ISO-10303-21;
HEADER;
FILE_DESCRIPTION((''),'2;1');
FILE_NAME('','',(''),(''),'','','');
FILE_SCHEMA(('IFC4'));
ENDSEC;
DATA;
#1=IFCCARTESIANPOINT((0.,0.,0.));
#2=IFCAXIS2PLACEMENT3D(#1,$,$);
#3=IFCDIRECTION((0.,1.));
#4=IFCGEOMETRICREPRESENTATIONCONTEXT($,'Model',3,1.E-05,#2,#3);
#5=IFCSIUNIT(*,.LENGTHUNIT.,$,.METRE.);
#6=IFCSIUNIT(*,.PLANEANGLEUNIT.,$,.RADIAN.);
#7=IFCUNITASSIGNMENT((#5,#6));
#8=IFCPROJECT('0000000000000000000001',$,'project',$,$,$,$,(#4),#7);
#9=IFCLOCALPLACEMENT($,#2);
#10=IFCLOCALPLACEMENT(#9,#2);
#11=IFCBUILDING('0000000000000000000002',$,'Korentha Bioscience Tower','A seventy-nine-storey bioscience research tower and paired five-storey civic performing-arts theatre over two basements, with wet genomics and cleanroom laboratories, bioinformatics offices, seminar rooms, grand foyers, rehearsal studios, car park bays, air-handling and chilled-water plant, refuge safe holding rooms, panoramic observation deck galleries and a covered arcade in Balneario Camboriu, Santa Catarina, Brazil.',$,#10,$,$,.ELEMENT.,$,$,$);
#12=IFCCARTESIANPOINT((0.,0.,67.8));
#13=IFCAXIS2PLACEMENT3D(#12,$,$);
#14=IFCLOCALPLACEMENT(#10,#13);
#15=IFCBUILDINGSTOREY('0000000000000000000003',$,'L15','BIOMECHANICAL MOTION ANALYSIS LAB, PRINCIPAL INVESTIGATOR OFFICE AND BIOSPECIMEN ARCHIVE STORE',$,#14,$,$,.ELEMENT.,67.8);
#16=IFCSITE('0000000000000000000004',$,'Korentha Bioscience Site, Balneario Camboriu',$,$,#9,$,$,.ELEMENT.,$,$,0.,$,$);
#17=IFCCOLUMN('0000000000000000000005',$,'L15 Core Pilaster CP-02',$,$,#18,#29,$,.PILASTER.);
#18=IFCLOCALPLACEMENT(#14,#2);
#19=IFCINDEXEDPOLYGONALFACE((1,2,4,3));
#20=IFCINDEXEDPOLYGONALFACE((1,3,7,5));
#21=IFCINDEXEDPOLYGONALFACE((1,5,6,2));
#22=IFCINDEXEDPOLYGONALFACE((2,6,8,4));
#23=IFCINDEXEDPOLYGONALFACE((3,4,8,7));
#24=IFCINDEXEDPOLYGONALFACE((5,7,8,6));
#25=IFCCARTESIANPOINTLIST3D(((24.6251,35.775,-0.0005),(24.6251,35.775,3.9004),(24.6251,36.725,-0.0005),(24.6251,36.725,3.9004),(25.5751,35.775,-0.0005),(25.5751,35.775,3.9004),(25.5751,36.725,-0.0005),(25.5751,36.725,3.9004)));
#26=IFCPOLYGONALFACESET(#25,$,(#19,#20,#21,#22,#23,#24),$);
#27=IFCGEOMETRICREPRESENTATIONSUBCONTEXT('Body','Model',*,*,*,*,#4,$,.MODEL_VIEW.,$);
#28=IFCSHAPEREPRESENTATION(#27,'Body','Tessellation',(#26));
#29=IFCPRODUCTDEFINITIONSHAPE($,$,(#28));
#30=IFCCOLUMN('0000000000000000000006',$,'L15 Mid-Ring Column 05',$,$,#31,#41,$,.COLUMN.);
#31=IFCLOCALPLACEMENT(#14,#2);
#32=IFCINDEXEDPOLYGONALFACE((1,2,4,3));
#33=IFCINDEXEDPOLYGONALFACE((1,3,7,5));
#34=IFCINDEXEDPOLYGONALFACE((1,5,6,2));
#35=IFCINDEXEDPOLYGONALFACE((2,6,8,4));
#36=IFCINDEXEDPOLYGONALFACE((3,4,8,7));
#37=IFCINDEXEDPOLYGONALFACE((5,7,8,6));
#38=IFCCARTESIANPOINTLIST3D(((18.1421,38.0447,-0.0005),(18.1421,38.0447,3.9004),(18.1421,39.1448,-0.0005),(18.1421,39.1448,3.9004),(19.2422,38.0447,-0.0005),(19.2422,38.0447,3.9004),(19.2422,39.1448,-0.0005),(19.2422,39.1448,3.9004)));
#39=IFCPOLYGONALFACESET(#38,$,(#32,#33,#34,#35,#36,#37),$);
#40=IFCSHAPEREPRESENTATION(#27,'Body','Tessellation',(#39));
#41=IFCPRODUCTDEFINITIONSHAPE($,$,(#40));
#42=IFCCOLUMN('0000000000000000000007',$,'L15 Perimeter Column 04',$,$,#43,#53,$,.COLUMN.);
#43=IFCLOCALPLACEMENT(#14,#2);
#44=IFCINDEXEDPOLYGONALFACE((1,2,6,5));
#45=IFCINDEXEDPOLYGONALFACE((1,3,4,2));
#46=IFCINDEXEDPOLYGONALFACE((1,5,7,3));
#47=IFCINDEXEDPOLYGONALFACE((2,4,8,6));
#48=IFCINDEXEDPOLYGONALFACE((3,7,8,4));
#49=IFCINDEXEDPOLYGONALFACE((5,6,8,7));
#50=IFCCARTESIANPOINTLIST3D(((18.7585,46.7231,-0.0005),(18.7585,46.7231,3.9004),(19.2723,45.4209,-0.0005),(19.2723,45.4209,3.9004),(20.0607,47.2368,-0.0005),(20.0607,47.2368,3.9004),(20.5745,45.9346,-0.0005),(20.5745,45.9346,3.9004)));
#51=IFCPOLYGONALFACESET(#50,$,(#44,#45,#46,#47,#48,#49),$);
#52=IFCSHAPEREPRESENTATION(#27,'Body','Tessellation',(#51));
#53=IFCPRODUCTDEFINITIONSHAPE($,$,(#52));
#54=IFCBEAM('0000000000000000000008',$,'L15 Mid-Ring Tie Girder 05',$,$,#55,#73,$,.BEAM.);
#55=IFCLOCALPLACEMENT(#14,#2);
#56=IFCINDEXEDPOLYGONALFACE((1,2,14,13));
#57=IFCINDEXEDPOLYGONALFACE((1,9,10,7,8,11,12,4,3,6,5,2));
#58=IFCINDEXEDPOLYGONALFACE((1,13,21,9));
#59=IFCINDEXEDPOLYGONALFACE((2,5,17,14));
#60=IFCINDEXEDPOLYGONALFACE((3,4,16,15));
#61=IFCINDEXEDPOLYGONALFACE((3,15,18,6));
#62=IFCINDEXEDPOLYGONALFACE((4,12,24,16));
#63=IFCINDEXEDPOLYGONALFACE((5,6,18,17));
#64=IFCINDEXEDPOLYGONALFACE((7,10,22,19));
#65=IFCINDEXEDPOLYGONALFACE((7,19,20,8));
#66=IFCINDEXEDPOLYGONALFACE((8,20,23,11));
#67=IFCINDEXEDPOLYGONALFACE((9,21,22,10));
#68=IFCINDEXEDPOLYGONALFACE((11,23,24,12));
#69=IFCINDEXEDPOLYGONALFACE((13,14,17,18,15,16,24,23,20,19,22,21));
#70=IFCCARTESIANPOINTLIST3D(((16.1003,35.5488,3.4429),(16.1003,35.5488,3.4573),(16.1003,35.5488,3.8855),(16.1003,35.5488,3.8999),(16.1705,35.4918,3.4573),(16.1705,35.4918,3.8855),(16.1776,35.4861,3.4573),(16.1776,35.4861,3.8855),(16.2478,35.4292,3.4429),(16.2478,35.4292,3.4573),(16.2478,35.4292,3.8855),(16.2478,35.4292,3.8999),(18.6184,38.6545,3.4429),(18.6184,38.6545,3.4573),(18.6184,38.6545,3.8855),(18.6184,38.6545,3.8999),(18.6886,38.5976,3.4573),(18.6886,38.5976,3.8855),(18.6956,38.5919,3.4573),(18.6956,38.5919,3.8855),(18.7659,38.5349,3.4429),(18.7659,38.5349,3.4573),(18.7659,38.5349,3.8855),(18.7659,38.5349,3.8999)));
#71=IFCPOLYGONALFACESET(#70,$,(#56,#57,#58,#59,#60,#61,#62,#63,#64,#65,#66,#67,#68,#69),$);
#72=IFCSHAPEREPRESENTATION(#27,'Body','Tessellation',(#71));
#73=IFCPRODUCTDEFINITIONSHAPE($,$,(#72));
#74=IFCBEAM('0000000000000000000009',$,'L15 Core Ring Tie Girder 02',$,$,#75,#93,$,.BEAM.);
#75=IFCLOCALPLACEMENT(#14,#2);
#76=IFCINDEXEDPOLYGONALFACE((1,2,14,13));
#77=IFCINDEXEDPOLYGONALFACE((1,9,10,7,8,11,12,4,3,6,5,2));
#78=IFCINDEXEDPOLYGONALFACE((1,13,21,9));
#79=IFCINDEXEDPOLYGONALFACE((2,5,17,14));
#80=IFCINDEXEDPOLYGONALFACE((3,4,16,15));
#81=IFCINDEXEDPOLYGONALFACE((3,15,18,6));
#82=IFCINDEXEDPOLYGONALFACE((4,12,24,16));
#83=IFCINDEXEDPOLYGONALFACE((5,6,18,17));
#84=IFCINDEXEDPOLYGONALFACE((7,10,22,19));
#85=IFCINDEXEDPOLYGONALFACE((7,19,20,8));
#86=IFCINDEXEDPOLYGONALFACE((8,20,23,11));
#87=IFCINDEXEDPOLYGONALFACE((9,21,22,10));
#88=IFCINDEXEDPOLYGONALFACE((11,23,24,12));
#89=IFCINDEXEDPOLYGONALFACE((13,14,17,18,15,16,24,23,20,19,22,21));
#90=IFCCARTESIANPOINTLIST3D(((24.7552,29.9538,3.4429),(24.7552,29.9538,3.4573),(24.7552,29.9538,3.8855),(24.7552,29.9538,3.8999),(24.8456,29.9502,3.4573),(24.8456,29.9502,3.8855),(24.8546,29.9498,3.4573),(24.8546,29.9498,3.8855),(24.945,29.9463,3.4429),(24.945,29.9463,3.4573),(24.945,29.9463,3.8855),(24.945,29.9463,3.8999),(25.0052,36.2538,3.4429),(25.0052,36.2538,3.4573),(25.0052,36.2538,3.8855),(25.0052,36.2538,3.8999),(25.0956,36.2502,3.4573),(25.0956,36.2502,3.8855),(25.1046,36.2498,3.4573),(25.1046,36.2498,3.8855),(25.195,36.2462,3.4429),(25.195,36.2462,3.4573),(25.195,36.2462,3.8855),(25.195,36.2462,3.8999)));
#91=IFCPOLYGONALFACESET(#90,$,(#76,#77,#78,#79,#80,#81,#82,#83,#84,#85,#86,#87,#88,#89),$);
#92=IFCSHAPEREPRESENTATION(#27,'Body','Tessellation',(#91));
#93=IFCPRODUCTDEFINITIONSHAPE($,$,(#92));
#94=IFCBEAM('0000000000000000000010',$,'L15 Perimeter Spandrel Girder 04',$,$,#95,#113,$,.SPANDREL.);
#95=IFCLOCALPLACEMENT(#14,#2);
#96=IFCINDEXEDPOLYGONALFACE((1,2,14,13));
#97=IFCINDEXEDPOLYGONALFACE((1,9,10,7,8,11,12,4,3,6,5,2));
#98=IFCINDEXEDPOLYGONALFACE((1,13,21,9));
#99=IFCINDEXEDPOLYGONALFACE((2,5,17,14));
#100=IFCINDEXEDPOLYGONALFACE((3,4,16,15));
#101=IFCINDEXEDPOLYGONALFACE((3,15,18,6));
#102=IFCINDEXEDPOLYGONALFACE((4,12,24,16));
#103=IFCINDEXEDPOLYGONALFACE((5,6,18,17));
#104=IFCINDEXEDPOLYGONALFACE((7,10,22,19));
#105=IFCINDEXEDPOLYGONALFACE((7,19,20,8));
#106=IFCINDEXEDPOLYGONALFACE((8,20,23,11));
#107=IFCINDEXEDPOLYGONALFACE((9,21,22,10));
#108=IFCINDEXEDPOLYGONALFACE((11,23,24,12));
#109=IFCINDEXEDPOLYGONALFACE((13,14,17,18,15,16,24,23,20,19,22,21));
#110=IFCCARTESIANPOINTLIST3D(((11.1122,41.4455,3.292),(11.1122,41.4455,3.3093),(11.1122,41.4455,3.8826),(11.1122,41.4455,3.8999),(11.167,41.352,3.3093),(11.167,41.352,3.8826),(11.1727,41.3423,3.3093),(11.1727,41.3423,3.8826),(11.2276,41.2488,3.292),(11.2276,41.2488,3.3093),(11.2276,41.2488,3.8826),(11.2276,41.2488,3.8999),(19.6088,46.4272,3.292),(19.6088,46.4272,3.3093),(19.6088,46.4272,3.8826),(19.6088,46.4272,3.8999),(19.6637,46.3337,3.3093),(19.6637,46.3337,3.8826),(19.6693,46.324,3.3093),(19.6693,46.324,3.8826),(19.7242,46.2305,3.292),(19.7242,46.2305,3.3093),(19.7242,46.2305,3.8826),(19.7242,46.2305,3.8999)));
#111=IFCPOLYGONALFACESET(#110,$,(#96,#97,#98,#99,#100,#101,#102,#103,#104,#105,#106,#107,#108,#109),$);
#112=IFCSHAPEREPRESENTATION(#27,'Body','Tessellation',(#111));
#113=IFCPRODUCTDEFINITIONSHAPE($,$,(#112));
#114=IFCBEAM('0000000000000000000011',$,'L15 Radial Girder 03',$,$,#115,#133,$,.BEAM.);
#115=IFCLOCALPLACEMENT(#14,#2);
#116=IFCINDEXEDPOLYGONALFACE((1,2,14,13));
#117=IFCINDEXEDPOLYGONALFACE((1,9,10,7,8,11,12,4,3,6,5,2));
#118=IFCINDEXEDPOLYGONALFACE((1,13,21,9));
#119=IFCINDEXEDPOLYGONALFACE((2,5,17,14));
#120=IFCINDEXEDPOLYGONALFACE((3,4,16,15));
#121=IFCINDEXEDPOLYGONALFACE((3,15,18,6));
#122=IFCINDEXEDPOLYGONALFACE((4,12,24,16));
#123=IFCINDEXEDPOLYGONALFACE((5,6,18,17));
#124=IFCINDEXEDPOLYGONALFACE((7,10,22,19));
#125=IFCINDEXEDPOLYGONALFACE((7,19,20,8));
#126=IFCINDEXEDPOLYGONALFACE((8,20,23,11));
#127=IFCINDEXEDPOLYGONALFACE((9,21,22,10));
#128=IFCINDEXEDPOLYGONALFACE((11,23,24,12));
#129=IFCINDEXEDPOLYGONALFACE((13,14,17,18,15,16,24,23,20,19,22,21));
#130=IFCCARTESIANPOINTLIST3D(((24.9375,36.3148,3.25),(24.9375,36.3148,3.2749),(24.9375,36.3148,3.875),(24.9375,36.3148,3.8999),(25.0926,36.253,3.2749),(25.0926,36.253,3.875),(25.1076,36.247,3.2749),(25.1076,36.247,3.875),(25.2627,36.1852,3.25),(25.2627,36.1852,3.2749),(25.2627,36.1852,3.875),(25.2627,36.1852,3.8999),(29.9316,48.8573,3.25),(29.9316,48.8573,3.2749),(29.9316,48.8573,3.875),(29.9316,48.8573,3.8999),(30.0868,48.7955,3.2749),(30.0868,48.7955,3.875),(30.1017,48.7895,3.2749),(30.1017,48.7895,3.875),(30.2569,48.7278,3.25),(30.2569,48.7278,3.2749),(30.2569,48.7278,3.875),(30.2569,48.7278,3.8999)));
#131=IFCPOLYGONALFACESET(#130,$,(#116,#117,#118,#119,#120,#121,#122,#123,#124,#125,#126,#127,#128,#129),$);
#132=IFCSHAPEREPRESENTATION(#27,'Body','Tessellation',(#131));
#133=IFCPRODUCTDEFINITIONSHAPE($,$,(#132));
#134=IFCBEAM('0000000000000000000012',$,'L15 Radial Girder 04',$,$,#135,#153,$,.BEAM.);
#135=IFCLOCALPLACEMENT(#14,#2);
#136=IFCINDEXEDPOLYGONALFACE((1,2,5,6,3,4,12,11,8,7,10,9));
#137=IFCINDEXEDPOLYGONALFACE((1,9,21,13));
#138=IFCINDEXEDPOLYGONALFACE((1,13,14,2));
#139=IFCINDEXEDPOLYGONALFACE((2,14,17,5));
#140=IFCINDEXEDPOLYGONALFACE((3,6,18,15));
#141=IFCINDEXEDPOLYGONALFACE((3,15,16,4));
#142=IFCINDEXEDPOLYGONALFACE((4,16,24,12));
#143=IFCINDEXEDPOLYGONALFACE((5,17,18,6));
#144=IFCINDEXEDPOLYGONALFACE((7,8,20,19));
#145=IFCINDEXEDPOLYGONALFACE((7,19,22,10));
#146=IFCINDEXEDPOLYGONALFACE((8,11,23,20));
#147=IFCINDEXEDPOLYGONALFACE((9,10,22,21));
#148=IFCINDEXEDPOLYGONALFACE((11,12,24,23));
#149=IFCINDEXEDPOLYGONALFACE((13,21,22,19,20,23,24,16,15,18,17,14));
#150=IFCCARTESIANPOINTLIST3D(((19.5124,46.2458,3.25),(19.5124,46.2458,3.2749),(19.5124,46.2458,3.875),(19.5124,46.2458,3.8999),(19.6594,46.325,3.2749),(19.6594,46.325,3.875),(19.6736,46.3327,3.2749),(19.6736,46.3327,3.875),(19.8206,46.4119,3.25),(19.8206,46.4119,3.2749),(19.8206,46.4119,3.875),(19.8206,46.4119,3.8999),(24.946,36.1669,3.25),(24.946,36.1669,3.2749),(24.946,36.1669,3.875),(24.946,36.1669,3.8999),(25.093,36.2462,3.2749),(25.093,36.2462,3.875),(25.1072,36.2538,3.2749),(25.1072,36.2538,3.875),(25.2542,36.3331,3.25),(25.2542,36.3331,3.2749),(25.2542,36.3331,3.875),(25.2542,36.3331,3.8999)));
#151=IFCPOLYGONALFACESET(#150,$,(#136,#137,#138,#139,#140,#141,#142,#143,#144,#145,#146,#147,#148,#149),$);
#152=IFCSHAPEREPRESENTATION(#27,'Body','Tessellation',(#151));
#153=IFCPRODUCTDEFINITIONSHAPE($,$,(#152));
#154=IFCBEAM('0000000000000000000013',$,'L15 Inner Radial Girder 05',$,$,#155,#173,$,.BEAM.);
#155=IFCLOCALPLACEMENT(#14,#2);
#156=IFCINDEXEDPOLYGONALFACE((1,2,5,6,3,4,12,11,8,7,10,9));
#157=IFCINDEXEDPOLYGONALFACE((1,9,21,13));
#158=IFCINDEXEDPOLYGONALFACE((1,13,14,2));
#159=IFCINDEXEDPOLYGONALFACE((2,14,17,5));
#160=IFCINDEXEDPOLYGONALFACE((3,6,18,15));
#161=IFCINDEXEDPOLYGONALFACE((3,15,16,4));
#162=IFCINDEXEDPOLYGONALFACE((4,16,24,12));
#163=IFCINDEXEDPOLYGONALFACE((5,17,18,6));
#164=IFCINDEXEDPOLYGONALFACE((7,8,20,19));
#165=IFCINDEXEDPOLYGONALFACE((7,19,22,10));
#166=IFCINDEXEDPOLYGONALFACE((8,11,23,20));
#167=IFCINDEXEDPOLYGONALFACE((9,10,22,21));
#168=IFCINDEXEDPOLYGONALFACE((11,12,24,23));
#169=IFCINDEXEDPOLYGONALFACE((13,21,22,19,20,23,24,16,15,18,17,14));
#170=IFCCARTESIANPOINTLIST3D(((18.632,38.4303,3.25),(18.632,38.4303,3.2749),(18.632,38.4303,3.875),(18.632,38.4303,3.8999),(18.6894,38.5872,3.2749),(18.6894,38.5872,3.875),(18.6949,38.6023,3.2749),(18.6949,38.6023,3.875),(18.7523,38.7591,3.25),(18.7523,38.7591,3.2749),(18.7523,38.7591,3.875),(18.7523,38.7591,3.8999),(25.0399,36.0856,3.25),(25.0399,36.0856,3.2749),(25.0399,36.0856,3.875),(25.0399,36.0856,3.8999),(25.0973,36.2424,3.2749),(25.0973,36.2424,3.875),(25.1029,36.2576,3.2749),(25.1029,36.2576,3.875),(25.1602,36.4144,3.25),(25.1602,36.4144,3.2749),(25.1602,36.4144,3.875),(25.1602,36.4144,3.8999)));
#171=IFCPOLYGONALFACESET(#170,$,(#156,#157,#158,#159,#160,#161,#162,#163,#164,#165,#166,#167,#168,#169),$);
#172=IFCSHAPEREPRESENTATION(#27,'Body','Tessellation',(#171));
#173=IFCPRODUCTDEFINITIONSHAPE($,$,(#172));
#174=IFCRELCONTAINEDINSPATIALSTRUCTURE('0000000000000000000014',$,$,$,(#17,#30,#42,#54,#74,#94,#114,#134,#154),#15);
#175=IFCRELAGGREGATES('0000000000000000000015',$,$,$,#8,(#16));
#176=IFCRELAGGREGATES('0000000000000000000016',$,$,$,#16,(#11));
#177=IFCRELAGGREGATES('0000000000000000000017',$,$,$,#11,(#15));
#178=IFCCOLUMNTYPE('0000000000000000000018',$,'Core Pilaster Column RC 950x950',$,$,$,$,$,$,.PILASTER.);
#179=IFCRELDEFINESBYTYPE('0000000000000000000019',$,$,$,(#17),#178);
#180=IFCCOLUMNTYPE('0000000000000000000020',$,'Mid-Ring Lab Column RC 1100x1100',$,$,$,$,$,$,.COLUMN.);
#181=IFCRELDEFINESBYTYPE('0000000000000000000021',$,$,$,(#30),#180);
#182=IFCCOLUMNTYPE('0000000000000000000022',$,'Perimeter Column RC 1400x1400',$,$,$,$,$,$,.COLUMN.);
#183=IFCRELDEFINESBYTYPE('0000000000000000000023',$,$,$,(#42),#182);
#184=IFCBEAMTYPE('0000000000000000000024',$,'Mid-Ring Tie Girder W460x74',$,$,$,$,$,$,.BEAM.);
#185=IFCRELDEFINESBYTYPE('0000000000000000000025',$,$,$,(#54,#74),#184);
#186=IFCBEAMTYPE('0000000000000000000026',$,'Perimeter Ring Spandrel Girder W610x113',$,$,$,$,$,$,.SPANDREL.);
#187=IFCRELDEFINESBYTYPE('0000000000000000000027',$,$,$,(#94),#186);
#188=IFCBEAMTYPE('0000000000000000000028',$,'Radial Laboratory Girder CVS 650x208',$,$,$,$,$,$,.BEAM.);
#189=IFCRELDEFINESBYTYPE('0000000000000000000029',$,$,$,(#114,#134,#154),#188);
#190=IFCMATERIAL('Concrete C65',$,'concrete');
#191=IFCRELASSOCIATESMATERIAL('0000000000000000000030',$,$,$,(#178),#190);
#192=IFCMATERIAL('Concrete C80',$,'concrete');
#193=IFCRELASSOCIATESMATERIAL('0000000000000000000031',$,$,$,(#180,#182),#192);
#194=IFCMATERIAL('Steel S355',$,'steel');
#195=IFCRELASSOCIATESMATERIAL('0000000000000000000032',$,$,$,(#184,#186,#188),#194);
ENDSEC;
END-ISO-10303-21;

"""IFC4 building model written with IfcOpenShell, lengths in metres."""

from ifc_helpers import new_model, si_unit, direction, frame, origin, origin_2d, place, context, subcontext, project, spatial, rectangle, i_section, extrude, material, material_profile, profile_set, type_object, element, save


model = new_model("IFC4")

# Units and contexts
model_context = context("Model", 3, precision=1e-05, world=origin(), true_north=direction((0.0, 1.0)))
body_context = subcontext(model_context, "Body", "Model", "MODEL_VIEW")
ifc_project = project(units=[si_unit("LENGTHUNIT", "METRE"), si_unit("PLANEANGLEUNIT", "RADIAN")], contexts=[model_context])

# Site, building, storey
site_placement = place(None, origin())
site = spatial("IfcSite", under=ifc_project, at=site_placement, Name="Korentha Bioscience Site, Balneario Camboriu", CompositionType="ELEMENT", RefElevation=0.0)
building_placement = place(site_placement, origin())
building = spatial("IfcBuilding", under=site, at=building_placement, Name="Korentha Bioscience Tower", Description="A seventy-nine-storey bioscience research tower and paired five-storey civic performing-arts theatre over two basements, with wet genomics and cleanroom laboratories, bioinformatics offices, seminar rooms, grand foyers, rehearsal studios, car park bays, air-handling and chilled-water plant, refuge safe holding rooms, panoramic observation deck galleries and a covered arcade in Balneario Camboriu, Santa Catarina, Brazil.", CompositionType="ELEMENT")
storey_placement = place(building_placement, frame((0.0, 0.0, 67.8)))
storey = spatial("IfcBuildingStorey", under=building, at=storey_placement, Name="L15", Description="BIOMECHANICAL MOTION ANALYSIS LAB, PRINCIPAL INVESTIGATOR OFFICE AND BIOSPECIMEN ARCHIVE STORE", CompositionType="ELEMENT", Elevation=67.8)

# Columns
ifc_material_1 = material(Name="Concrete C65", Category="concrete")
ifc_material_profile_1 = material_profile(ifc_material_1, rectangle(XDim=0.95, YDim=0.95, at=origin_2d()), Name="Concrete C65")
ifc_profile_set_1 = profile_set([ifc_material_profile_1], Name="Concrete C65 (COL-CP09)")
column_type_1 = type_object("IfcColumnType", Name="Core Pilaster Column RC 950x950", PredefinedType="PILASTER", material=ifc_profile_set_1)
column_1_placement = place(storey_placement, frame((25.1001, 36.25, -0.0005), z_axis=(0.0, 0.0, 1.0), x_axis=(1.0, 0.0, 0.0)))
element("IfcColumn", 1, at=column_1_placement, inside=storey, type_object=column_type_1, Name="L15 Core Pilaster CP-02", PredefinedType="PILASTER", context=body_context, shape_type="SweptSolid", body=[
    extrude(rectangle(XDim=0.95, YDim=0.95, at=origin_2d()), origin(), (0.0, 0.0, 1.0), 3.9009),
])
ifc_material_2 = material(Name="Concrete C80", Category="concrete")
ifc_material_profile_2 = material_profile(ifc_material_2, rectangle(XDim=1.1001, YDim=1.1001, at=origin_2d()), Name="Concrete C80")
ifc_profile_set_2 = profile_set([ifc_material_profile_2], Name="Concrete C80 (COL-MR11)")
column_type_2 = type_object("IfcColumnType", Name="Mid-Ring Lab Column RC 1100x1100", PredefinedType="COLUMN", material=ifc_profile_set_2)
column_2_placement = place(storey_placement, frame((18.6921, 38.5947, -0.0005), z_axis=(0.0, 0.0, 1.0), x_axis=(1.0, 0.0, 0.0)))
element("IfcColumn", 2, at=column_2_placement, inside=storey, type_object=column_type_2, Name="L15 Mid-Ring Column 05", PredefinedType="COLUMN", context=body_context, shape_type="SweptSolid", body=[
    extrude(rectangle(XDim=1.1001, YDim=1.1001, at=origin_2d()), origin(), (0.0, 0.0, 1.0), 3.9009),
])
ifc_material_profile_3 = material_profile(ifc_material_2, rectangle(XDim=1.3999, YDim=1.3999, at=origin_2d()), Name="Concrete C80")
ifc_profile_set_3 = profile_set([ifc_material_profile_3], Name="Concrete C80 (COL-P14)")
column_type_3 = type_object("IfcColumnType", Name="Perimeter Column RC 1400x1400", PredefinedType="COLUMN", material=ifc_profile_set_3)
column_3_placement = place(storey_placement, frame((19.6665, 46.3289, -0.0005), z_axis=(0.0, 0.0, 1.0), x_axis=(0.930226, 0.366988, 0.0)))
element("IfcColumn", 3, at=column_3_placement, inside=storey, type_object=column_type_3, Name="L15 Perimeter Column 04", PredefinedType="COLUMN", context=body_context, shape_type="SweptSolid", body=[
    extrude(rectangle(XDim=1.3999, YDim=1.3999, at=origin_2d()), origin(), (0.0, 0.0, 1.0), 3.9009),
])

# Beams
ifc_material_3 = material(Name="Steel S355", Category="steel")
ifc_material_profile_4 = material_profile(ifc_material_3, i_section(OverallWidth=0.1899, OverallDepth=0.457, WebThickness=0.009, FlangeThickness=0.0144, at=origin_2d()), Name="Steel S355")
ifc_profile_set_4 = profile_set([ifc_material_profile_4], Name="Steel S355 (MB-460)")
beam_type_1 = type_object("IfcBeamType", Name="Mid-Ring Tie Girder W460x74", PredefinedType="BEAM", material=ifc_profile_set_4)
beam_1_placement = place(storey_placement, frame((18.6921, 38.5947, 3.6714), z_axis=(-0.62979, -0.776765, 0.0), x_axis=(0.776765, -0.62979, 0.0)))
element("IfcBeam", 4, at=beam_1_placement, inside=storey, type_object=beam_type_1, Name="L15 Mid-Ring Tie Girder 05", PredefinedType="BEAM", context=body_context, shape_type="SweptSolid", body=[
    extrude(i_section(OverallWidth=0.1899, OverallDepth=0.457, WebThickness=0.009, FlangeThickness=0.0144, at=origin_2d()), origin(), (0.0, 0.0, 1.0), 3.9983),
])
beam_2_placement = place(storey_placement, frame((25.1001, 36.25, 3.6714), z_axis=(-0.039651, -0.999214, 0.0), x_axis=(0.999214, -0.039651, 0.0)))
element("IfcBeam", 5, at=beam_2_placement, inside=storey, type_object=beam_type_1, Name="L15 Core Ring Tie Girder 02", PredefinedType="BEAM", context=body_context, shape_type="SweptSolid", body=[
    extrude(i_section(OverallWidth=0.1899, OverallDepth=0.457, WebThickness=0.009, FlangeThickness=0.0144, at=origin_2d()), origin(), (0.0, 0.0, 1.0), 6.3049),
])
ifc_material_profile_5 = material_profile(ifc_material_3, i_section(OverallWidth=0.228, OverallDepth=0.6079, WebThickness=0.0112, FlangeThickness=0.0173, at=origin_2d()), Name="Steel S355")
ifc_profile_set_5 = profile_set([ifc_material_profile_5], Name="Steel S355 (SB-610)")
beam_type_2 = type_object("IfcBeamType", Name="Perimeter Ring Spandrel Girder W610x113", PredefinedType="SPANDREL", material=ifc_profile_set_5)
beam_3_placement = place(storey_placement, frame((19.6665, 46.3289, 3.5959), z_axis=(-0.862657, -0.50579, 0.0), x_axis=(0.50579, -0.862657, 0.0)))
element("IfcBeam", 6, at=beam_3_placement, inside=storey, type_object=beam_type_2, Name="L15 Perimeter Spandrel Girder 04", PredefinedType="SPANDREL", context=body_context, shape_type="SweptSolid", body=[
    extrude(i_section(OverallWidth=0.228, OverallDepth=0.6079, WebThickness=0.0112, FlangeThickness=0.0173, at=origin_2d()), origin(), (0.0, 0.0, 1.0), 9.8494),
])
ifc_material_profile_6 = material_profile(ifc_material_3, i_section(OverallWidth=0.3501, OverallDepth=0.6499, WebThickness=0.0161, FlangeThickness=0.0249, at=origin_2d()), Name="Steel S355")
ifc_profile_set_6 = profile_set([ifc_material_profile_6], Name="Steel S355 (RB-650)")
beam_type_3 = type_object("IfcBeamType", Name="Radial Laboratory Girder CVS 650x208", PredefinedType="BEAM", material=ifc_profile_set_6)
beam_4_placement = place(storey_placement, frame((25.1001, 36.25, 3.575), z_axis=(0.369931, 0.929059, 0.0), x_axis=(-0.929059, 0.369931, 0.0)))
element("IfcBeam", 7, at=beam_4_placement, inside=storey, type_object=beam_type_3, Name="L15 Radial Girder 03", PredefinedType="BEAM", context=body_context, shape_type="SweptSolid", body=[
    extrude(i_section(OverallWidth=0.3501, OverallDepth=0.6499, WebThickness=0.0161, FlangeThickness=0.0249, at=origin_2d()), origin(), (0.0, 0.0, 1.0), 13.5002),
])
beam_5_placement = place(storey_placement, frame((25.1001, 36.25, 3.575), z_axis=(-0.474541, 0.880233, 0.0), x_axis=(-0.880233, -0.474541, 0.0)))
element("IfcBeam", 8, at=beam_5_placement, inside=storey, type_object=beam_type_3, Name="L15 Radial Girder 04", PredefinedType="BEAM", context=body_context, shape_type="SweptSolid", body=[
    extrude(i_section(OverallWidth=0.3501, OverallDepth=0.6499, WebThickness=0.0161, FlangeThickness=0.0249, at=origin_2d()), origin(), (0.0, 0.0, 1.0), 11.4502),
])
beam_6_placement = place(storey_placement, frame((25.1001, 36.25, 3.575), z_axis=(-0.939106, 0.343627, 0.0), x_axis=(-0.343627, -0.939106, 0.0)))
element("IfcBeam", 9, at=beam_6_placement, inside=storey, type_object=beam_type_3, Name="L15 Inner Radial Girder 05", PredefinedType="BEAM", context=body_context, shape_type="SweptSolid", body=[
    extrude(i_section(OverallWidth=0.3501, OverallDepth=0.6499, WebThickness=0.0161, FlangeThickness=0.0249, at=origin_2d()), origin(), (0.0, 0.0, 1.0), 6.8235),
])

save(model, "model.ifc")
